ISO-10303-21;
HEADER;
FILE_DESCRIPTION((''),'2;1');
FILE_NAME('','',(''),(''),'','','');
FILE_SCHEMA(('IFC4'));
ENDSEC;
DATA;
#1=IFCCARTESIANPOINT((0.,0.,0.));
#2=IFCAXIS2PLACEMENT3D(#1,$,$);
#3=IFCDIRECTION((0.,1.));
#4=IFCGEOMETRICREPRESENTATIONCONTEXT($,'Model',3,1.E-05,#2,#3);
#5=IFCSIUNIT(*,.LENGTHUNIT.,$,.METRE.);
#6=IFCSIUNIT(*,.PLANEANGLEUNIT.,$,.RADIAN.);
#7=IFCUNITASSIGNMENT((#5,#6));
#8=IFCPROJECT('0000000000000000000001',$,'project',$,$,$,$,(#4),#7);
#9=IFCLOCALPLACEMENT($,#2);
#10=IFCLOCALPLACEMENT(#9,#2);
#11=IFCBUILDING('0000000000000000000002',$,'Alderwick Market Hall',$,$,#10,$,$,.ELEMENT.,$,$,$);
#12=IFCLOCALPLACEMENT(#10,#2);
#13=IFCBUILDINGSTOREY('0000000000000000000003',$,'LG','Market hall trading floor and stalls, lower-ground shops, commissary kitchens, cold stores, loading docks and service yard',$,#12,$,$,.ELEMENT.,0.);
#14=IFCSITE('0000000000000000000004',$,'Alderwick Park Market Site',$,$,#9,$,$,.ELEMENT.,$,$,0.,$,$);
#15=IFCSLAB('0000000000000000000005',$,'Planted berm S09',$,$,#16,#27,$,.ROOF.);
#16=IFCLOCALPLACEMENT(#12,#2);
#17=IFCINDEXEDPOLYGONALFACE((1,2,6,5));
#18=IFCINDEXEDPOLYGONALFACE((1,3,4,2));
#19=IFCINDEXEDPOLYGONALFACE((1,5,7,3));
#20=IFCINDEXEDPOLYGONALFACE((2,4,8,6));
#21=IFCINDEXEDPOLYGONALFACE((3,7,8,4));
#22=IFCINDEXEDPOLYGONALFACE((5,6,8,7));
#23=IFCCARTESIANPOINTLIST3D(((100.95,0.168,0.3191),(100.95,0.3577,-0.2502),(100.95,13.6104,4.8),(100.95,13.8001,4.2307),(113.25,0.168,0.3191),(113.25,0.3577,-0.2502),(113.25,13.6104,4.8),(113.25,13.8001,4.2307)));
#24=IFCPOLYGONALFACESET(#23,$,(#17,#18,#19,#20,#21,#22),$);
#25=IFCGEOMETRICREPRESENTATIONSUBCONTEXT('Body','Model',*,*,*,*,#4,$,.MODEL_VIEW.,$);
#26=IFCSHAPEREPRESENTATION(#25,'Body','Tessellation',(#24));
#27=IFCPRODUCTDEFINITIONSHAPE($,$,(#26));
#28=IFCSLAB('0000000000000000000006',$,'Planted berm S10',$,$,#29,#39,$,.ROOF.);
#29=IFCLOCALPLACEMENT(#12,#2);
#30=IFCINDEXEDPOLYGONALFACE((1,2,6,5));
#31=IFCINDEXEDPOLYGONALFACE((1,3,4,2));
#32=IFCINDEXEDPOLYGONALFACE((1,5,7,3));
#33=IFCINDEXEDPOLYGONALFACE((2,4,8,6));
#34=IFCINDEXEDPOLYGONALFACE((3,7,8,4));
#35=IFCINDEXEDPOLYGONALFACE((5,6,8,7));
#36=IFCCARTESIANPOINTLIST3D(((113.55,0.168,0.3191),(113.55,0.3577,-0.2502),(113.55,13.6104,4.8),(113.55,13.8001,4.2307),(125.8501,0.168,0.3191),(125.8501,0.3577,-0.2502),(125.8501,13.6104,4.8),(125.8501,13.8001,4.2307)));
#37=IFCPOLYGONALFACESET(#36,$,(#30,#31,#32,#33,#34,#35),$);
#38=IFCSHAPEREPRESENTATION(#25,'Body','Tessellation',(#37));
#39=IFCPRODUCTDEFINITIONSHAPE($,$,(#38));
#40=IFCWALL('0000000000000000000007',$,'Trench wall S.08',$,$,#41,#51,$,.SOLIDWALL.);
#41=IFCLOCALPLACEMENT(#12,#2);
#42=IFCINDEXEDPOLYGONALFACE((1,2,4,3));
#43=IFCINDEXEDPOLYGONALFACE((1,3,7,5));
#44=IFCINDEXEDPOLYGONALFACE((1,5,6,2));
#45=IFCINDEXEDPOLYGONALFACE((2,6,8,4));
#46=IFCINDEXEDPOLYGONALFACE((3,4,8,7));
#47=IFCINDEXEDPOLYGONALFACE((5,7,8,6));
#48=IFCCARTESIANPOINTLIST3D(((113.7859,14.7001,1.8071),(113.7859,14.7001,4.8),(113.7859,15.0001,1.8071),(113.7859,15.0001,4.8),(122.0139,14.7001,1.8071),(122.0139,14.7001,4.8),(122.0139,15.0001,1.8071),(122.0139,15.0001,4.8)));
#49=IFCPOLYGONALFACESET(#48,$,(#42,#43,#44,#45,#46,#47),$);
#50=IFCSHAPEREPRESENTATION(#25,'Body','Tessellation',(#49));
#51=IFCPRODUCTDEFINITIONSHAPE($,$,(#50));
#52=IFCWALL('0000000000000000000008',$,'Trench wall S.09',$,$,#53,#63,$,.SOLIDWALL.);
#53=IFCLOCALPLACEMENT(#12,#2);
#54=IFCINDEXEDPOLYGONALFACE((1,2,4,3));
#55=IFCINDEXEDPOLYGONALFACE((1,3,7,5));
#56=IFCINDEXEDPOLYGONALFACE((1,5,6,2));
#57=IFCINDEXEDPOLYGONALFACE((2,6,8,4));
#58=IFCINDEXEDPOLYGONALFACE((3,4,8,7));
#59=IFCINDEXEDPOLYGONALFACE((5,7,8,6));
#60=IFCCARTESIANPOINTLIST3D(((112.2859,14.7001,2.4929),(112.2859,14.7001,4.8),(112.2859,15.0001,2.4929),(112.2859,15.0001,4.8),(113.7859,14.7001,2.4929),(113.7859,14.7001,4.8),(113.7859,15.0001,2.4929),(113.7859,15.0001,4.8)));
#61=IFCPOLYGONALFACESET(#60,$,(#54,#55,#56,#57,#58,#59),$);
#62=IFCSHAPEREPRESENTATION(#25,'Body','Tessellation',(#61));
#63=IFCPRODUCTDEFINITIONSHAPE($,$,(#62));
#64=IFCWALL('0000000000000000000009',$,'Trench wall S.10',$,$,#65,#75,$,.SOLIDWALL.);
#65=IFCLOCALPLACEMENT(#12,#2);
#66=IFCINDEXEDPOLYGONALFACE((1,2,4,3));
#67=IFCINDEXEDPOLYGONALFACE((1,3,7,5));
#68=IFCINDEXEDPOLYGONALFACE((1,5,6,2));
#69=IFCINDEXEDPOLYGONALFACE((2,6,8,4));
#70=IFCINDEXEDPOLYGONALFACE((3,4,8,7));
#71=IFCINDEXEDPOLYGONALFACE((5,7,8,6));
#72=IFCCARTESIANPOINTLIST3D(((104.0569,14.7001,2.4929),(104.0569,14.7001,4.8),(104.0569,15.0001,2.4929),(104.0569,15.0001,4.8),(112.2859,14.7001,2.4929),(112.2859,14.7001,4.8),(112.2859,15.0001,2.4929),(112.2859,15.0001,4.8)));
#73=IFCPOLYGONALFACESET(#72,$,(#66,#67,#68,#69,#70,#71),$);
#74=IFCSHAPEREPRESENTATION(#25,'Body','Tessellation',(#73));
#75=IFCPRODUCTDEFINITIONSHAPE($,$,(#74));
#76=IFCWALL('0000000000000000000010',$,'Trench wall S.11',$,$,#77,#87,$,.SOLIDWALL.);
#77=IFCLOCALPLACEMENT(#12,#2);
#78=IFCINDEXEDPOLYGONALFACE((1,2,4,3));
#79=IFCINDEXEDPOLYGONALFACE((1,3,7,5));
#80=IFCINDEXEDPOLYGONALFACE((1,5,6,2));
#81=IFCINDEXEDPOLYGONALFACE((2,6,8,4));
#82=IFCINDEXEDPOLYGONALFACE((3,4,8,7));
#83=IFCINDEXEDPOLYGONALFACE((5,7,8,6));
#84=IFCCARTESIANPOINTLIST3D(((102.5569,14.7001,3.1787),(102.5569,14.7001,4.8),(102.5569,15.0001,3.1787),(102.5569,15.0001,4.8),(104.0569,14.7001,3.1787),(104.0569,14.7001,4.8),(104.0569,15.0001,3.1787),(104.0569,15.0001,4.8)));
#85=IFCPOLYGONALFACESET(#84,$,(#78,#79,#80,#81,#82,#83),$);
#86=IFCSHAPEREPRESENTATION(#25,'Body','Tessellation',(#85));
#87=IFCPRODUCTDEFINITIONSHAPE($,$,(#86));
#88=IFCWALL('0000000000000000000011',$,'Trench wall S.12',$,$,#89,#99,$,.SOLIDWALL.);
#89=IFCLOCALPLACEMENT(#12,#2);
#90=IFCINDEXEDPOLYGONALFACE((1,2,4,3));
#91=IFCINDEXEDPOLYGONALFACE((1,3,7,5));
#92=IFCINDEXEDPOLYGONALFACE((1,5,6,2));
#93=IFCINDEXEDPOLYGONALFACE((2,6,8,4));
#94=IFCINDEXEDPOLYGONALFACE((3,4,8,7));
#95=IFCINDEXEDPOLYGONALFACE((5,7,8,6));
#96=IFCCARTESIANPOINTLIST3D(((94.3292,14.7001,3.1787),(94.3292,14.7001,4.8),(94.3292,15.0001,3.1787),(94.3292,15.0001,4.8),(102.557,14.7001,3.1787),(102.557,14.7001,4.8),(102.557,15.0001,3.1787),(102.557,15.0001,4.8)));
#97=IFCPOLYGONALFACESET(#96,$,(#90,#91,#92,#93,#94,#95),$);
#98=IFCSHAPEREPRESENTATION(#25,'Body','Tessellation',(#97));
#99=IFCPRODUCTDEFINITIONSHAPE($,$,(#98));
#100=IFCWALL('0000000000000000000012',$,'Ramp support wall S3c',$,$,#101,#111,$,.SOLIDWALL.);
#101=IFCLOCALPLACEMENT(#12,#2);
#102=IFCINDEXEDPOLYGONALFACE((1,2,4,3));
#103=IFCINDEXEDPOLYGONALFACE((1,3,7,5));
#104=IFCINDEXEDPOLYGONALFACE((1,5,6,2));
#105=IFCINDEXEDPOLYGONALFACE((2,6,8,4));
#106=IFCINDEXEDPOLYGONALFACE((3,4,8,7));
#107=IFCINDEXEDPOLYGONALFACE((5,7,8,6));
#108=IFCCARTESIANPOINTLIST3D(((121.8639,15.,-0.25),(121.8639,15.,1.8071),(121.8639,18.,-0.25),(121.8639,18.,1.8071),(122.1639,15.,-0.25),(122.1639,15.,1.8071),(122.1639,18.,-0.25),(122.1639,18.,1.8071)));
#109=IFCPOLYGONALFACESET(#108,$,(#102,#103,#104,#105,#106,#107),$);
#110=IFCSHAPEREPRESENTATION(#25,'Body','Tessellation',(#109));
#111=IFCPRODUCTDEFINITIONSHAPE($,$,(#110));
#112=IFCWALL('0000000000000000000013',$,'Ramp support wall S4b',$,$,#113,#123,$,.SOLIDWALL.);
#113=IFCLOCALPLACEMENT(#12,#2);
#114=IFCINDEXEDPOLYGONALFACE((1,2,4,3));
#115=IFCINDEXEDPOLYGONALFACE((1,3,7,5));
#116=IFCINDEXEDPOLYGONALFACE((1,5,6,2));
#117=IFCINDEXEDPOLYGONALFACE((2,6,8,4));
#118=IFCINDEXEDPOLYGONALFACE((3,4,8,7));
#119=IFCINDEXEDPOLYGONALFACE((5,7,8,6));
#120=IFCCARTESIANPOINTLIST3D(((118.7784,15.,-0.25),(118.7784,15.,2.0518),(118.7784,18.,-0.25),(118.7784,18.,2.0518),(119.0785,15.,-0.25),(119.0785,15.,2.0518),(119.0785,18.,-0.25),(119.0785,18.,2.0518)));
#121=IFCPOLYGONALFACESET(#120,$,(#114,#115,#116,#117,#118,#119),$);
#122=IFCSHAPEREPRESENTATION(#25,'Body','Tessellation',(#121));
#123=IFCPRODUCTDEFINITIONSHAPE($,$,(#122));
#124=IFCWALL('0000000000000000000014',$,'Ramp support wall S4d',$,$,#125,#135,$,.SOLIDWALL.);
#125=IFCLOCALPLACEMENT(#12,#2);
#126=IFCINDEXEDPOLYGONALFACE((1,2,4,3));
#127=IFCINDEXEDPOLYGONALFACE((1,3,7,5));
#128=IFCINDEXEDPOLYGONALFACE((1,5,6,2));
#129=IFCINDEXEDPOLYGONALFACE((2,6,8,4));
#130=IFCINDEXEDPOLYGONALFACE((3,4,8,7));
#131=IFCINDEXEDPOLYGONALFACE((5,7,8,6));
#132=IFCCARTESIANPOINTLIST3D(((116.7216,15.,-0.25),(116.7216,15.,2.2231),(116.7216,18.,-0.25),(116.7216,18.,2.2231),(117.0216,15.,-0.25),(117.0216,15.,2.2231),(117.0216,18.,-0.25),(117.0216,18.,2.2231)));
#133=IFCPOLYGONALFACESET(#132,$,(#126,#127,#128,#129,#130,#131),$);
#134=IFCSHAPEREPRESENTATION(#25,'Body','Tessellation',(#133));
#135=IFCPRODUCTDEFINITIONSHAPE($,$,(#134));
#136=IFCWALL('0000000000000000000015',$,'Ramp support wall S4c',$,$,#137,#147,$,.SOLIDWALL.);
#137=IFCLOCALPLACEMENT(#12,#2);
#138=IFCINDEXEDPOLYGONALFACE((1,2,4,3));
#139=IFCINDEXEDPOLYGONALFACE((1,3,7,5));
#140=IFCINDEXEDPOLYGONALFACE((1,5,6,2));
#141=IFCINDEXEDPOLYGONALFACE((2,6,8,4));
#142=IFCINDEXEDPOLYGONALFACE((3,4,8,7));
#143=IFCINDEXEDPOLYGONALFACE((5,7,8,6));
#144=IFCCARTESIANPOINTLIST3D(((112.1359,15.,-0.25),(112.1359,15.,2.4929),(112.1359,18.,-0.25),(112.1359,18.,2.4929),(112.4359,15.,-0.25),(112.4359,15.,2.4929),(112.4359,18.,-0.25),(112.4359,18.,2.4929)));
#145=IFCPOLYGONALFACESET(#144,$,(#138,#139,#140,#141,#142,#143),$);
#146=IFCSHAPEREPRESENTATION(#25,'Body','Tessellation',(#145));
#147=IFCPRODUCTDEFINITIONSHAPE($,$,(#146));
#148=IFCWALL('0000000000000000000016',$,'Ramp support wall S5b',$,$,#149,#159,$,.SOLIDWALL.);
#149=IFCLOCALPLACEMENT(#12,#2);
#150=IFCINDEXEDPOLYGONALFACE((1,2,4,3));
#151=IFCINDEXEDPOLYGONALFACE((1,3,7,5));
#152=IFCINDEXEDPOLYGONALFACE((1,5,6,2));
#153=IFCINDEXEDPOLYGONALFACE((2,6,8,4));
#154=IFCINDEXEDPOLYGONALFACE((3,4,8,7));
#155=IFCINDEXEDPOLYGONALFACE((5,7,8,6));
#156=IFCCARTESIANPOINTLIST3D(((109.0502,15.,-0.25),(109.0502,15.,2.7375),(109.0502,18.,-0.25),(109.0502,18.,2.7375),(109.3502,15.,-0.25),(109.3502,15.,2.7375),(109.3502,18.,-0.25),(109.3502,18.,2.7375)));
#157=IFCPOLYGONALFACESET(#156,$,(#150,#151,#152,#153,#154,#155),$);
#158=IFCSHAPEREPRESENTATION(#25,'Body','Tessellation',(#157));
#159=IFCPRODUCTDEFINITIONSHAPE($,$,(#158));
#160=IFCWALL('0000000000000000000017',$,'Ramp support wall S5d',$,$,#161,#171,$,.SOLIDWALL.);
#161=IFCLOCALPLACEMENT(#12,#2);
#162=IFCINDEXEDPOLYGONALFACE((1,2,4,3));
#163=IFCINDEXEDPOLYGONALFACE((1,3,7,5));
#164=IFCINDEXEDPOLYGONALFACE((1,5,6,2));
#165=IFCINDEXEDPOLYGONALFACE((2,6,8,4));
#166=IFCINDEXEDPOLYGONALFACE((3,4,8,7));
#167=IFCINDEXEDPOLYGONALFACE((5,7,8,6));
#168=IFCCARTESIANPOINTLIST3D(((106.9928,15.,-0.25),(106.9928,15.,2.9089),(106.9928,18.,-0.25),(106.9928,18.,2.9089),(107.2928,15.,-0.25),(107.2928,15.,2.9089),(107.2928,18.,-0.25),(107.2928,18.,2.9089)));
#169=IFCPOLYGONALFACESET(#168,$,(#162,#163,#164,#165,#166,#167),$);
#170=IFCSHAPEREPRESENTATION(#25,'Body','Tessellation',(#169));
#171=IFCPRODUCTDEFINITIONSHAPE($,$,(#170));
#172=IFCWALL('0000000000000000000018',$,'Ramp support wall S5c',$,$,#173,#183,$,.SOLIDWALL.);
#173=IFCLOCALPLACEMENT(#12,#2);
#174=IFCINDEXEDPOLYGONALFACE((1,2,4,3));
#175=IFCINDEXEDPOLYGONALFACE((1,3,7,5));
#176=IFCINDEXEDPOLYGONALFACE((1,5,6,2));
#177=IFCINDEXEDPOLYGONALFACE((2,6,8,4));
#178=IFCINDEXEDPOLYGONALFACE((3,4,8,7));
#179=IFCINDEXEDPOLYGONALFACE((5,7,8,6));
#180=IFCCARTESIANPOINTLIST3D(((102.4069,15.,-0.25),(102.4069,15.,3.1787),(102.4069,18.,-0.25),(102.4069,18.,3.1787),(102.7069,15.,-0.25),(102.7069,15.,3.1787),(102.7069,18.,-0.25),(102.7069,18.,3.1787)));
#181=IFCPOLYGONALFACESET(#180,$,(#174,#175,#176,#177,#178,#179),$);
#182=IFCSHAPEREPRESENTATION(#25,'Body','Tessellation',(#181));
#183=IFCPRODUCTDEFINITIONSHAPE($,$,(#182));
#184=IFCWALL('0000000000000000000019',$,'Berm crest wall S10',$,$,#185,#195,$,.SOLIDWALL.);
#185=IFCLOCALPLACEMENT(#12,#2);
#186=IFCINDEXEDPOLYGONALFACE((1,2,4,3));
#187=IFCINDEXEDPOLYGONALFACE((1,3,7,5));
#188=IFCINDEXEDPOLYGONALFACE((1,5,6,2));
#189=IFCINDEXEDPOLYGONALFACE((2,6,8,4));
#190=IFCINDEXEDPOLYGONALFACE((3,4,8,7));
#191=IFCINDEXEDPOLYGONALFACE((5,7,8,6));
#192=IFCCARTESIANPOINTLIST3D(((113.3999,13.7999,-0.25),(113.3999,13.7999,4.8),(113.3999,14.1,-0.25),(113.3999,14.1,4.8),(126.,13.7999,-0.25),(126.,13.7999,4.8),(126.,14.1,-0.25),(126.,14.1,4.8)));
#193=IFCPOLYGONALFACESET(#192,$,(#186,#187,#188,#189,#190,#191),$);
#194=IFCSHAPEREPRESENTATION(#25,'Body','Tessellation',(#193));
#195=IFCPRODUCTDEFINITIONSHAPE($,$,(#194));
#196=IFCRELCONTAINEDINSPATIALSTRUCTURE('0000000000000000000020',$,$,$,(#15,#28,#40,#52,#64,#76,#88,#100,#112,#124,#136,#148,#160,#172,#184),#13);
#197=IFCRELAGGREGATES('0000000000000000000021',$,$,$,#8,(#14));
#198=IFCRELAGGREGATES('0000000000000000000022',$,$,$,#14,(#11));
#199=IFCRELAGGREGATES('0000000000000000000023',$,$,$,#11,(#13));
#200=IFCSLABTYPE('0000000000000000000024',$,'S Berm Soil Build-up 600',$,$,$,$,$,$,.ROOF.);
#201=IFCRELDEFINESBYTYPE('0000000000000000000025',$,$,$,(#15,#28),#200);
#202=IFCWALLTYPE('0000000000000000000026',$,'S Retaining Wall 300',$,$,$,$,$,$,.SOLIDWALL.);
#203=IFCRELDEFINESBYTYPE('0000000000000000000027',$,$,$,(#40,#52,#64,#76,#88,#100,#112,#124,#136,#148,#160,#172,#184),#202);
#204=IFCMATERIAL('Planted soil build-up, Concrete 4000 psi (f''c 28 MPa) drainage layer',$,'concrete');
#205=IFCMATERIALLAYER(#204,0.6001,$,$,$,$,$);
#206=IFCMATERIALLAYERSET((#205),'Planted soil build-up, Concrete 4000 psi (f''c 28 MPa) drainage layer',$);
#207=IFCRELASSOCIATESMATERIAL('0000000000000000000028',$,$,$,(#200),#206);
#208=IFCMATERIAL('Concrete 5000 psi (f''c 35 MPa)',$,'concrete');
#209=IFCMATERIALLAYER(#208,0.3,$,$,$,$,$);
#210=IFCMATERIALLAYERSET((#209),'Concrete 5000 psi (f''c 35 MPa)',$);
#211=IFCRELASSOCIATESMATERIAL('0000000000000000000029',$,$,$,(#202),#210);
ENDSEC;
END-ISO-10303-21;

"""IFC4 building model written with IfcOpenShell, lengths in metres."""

from ifc_helpers import new_model, si_unit, direction, frame, frame_2d, origin, place, context, subcontext, project, spatial, polyline, rectangle, outline, extrude, material, layer, layer_set, type_object, element, save


model = new_model("IFC4")

# Units and contexts
model_context = context("Model", 3, precision=1e-05, world=origin(), true_north=direction((0.0, 1.0)))
body_context = subcontext(model_context, "Body", "Model", "MODEL_VIEW")
ifc_project = project(units=[si_unit("LENGTHUNIT", "METRE"), si_unit("PLANEANGLEUNIT", "RADIAN")], contexts=[model_context])

# Site, building, storey
site_placement = place(None, origin())
site = spatial("IfcSite", under=ifc_project, at=site_placement, Name="Alderwick Park Market Site", CompositionType="ELEMENT", RefElevation=0.0)
building_placement = place(site_placement, origin())
building = spatial("IfcBuilding", under=site, at=building_placement, Name="Alderwick Market Hall", CompositionType="ELEMENT")
storey_placement = place(building_placement, origin())
storey = spatial("IfcBuildingStorey", under=building, at=storey_placement, Name="LG", Description="Market hall trading floor and stalls, lower-ground shops, commissary kitchens, cold stores, loading docks and service yard", CompositionType="ELEMENT", Elevation=0.0)

# Slabs
ifc_material_1 = material(Name="Planted soil build-up, Concrete 4000 psi (f'c 28 MPa) drainage layer", Category="concrete")
ifc_layer_1 = layer(ifc_material_1, 0.6001)
ifc_layer_set_1 = layer_set([ifc_layer_1], Name="Planted soil build-up, Concrete 4000 psi (f'c 28 MPa) drainage layer")
slab_type = type_object("IfcSlabType", Name="S Berm Soil Build-up 600", PredefinedType="ROOF", material=ifc_layer_set_1)
for number, where, z_axis, x_axis, name in (
    (1, (100.95, 0.168, 0.3191), (0.0, -0.316238, 0.94868), (1.0, 0.0, 0.0), "Planted berm S09"),
    (2, (113.55, 0.168, 0.3191), (0.0, -0.316238, 0.94868), (1.0, 0.0, 0.0), "Planted berm S10"),
):
    element("IfcSlab", number, at=place(storey_placement, frame(where, z_axis=z_axis, x_axis=x_axis)), inside=storey, type_object=slab_type, Name=name, PredefinedType="ROOF", context=body_context, shape_type="SweptSolid", body=[
        extrude(outline(polyline([(0.0, 0.0), (12.3, 0.0), (12.3, 14.1696), (0.0, 14.1696), (0.0, 0.0)])), origin(), (0.0, 0.0, -1.0), 0.6001),
    ])

# Walls
ifc_material_2 = material(Name="Concrete 5000 psi (f'c 35 MPa)", Category="concrete")
ifc_layer_2 = layer(ifc_material_2, 0.3)
ifc_layer_set_2 = layer_set([ifc_layer_2], Name="Concrete 5000 psi (f'c 35 MPa)")
wall_type = type_object("IfcWallType", Name="S Retaining Wall 300", PredefinedType="SOLIDWALL", material=ifc_layer_set_2)
wall_1_placement = place(storey_placement, frame((122.0139, 14.8501, 1.8071), z_axis=(0.0, 0.0, 1.0), x_axis=(-1.0, 0.0, 0.0)))
element("IfcWall", 3, at=wall_1_placement, inside=storey, type_object=wall_type, Name="Trench wall S.08", PredefinedType="SOLIDWALL", context=body_context, shape_type="SweptSolid", body=[
    extrude(rectangle(XDim=8.228, YDim=0.3, at=frame_2d((4.114, 0.0))), origin(), (0.0, 0.0, 1.0), 2.9929),
])
wall_2_placement = place(storey_placement, frame((113.7859, 14.8501, 2.4929), z_axis=(0.0, 0.0, 1.0), x_axis=(-1.0, 0.0, 0.0)))
element("IfcWall", 4, at=wall_2_placement, inside=storey, type_object=wall_type, Name="Trench wall S.09", PredefinedType="SOLIDWALL", context=body_context, shape_type="SweptSolid", body=[
    extrude(rectangle(XDim=1.5, YDim=0.3, at=frame_2d((0.75, 0.0))), origin(), (0.0, 0.0, 1.0), 2.3071),
])
wall_3_placement = place(storey_placement, frame((112.2859, 14.8501, 2.4929), z_axis=(0.0, 0.0, 1.0), x_axis=(-1.0, 0.0, 0.0)))
element("IfcWall", 5, at=wall_3_placement, inside=storey, type_object=wall_type, Name="Trench wall S.10", PredefinedType="SOLIDWALL", context=body_context, shape_type="SweptSolid", body=[
    extrude(rectangle(XDim=8.229, YDim=0.3, at=frame_2d((4.1145, 0.0))), origin(), (0.0, 0.0, 1.0), 2.3071),
])
wall_4_placement = place(storey_placement, frame((104.0569, 14.8501, 3.1787), z_axis=(0.0, 0.0, 1.0), x_axis=(-1.0, 0.0, 0.0)))
element("IfcWall", 6, at=wall_4_placement, inside=storey, type_object=wall_type, Name="Trench wall S.11", PredefinedType="SOLIDWALL", context=body_context, shape_type="SweptSolid", body=[
    extrude(rectangle(XDim=1.5, YDim=0.3, at=frame_2d((0.75, 0.0))), origin(), (0.0, 0.0, 1.0), 1.6213),
])
wall_5_placement = place(storey_placement, frame((102.5569, 14.8501, 3.1787), z_axis=(0.0, 0.0, 1.0), x_axis=(-1.0, 0.0, 0.0)))
element("IfcWall", 7, at=wall_5_placement, inside=storey, type_object=wall_type, Name="Trench wall S.12", PredefinedType="SOLIDWALL", context=body_context, shape_type="SweptSolid", body=[
    extrude(rectangle(XDim=8.2278, YDim=0.3, at=frame_2d((4.1138, 0.0))), origin(), (0.0, 0.0, 1.0), 1.6213),
])
wall_6_placement = place(storey_placement, frame((122.0139, 15.0, -0.25), z_axis=(0.0, 0.0, 1.0), x_axis=(0.0, 1.0, 0.0)))
element("IfcWall", 8, at=wall_6_placement, inside=storey, type_object=wall_type, Name="Ramp support wall S3c", PredefinedType="SOLIDWALL", context=body_context, shape_type="SweptSolid", body=[
    extrude(rectangle(XDim=3.0, YDim=0.3, at=frame_2d((1.5, 0.0))), origin(), (0.0, 0.0, 1.0), 2.0571),
])
wall_7_placement = place(storey_placement, frame((118.9285, 15.0, -0.25), z_axis=(0.0, 0.0, 1.0), x_axis=(0.0, 1.0, 0.0)))
element("IfcWall", 9, at=wall_7_placement, inside=storey, type_object=wall_type, Name="Ramp support wall S4b", PredefinedType="SOLIDWALL", context=body_context, shape_type="SweptSolid", body=[
    extrude(rectangle(XDim=3.0, YDim=0.3, at=frame_2d((1.5, 0.0))), origin(), (0.0, 0.0, 1.0), 2.3018),
])
wall_8_placement = place(storey_placement, frame((116.8716, 15.0, -0.25), z_axis=(0.0, 0.0, 1.0), x_axis=(0.0, 1.0, 0.0)))
element("IfcWall", 10, at=wall_8_placement, inside=storey, type_object=wall_type, Name="Ramp support wall S4d", PredefinedType="SOLIDWALL", context=body_context, shape_type="SweptSolid", body=[
    extrude(rectangle(XDim=3.0, YDim=0.3, at=frame_2d((1.5, 0.0))), origin(), (0.0, 0.0, 1.0), 2.4731),
])
wall_9_placement = place(storey_placement, frame((112.2859, 15.0, -0.25), z_axis=(0.0, 0.0, 1.0), x_axis=(0.0, 1.0, 0.0)))
element("IfcWall", 11, at=wall_9_placement, inside=storey, type_object=wall_type, Name="Ramp support wall S4c", PredefinedType="SOLIDWALL", context=body_context, shape_type="SweptSolid", body=[
    extrude(rectangle(XDim=3.0, YDim=0.3, at=frame_2d((1.5, 0.0))), origin(), (0.0, 0.0, 1.0), 2.7429),
])
wall_10_placement = place(storey_placement, frame((109.2002, 15.0, -0.25), z_axis=(0.0, 0.0, 1.0), x_axis=(0.0, 1.0, 0.0)))
element("IfcWall", 12, at=wall_10_placement, inside=storey, type_object=wall_type, Name="Ramp support wall S5b", PredefinedType="SOLIDWALL", context=body_context, shape_type="SweptSolid", body=[
    extrude(rectangle(XDim=3.0, YDim=0.3, at=frame_2d((1.5, 0.0))), origin(), (0.0, 0.0, 1.0), 2.9875),
])
wall_11_placement = place(storey_placement, frame((107.1428, 15.0, -0.25), z_axis=(0.0, 0.0, 1.0), x_axis=(0.0, 1.0, 0.0)))
element("IfcWall", 13, at=wall_11_placement, inside=storey, type_object=wall_type, Name="Ramp support wall S5d", PredefinedType="SOLIDWALL", context=body_context, shape_type="SweptSolid", body=[
    extrude(rectangle(XDim=3.0, YDim=0.3, at=frame_2d((1.5, 0.0))), origin(), (0.0, 0.0, 1.0), 3.1589),
])
wall_12_placement = place(storey_placement, frame((102.5569, 15.0, -0.25), z_axis=(0.0, 0.0, 1.0), x_axis=(0.0, 1.0, 0.0)))
element("IfcWall", 14, at=wall_12_placement, inside=storey, type_object=wall_type, Name="Ramp support wall S5c", PredefinedType="SOLIDWALL", context=body_context, shape_type="SweptSolid", body=[
    extrude(rectangle(XDim=3.0, YDim=0.3, at=frame_2d((1.5, 0.0))), origin(), (0.0, 0.0, 1.0), 3.4287),
])
wall_13_placement = place(storey_placement, frame((113.3999, 13.95, -0.25), z_axis=(0.0, 0.0, 1.0), x_axis=(1.0, 0.0, 0.0)))
element("IfcWall", 15, at=wall_13_placement, inside=storey, type_object=wall_type, Name="Berm crest wall S10", PredefinedType="SOLIDWALL", context=body_context, shape_type="SweptSolid", body=[
    extrude(rectangle(XDim=12.6001, YDim=0.3, at=frame_2d((6.3, 0.0))), origin(), (0.0, 0.0, 1.0), 5.05),
])

save(model, "model.ifc")
